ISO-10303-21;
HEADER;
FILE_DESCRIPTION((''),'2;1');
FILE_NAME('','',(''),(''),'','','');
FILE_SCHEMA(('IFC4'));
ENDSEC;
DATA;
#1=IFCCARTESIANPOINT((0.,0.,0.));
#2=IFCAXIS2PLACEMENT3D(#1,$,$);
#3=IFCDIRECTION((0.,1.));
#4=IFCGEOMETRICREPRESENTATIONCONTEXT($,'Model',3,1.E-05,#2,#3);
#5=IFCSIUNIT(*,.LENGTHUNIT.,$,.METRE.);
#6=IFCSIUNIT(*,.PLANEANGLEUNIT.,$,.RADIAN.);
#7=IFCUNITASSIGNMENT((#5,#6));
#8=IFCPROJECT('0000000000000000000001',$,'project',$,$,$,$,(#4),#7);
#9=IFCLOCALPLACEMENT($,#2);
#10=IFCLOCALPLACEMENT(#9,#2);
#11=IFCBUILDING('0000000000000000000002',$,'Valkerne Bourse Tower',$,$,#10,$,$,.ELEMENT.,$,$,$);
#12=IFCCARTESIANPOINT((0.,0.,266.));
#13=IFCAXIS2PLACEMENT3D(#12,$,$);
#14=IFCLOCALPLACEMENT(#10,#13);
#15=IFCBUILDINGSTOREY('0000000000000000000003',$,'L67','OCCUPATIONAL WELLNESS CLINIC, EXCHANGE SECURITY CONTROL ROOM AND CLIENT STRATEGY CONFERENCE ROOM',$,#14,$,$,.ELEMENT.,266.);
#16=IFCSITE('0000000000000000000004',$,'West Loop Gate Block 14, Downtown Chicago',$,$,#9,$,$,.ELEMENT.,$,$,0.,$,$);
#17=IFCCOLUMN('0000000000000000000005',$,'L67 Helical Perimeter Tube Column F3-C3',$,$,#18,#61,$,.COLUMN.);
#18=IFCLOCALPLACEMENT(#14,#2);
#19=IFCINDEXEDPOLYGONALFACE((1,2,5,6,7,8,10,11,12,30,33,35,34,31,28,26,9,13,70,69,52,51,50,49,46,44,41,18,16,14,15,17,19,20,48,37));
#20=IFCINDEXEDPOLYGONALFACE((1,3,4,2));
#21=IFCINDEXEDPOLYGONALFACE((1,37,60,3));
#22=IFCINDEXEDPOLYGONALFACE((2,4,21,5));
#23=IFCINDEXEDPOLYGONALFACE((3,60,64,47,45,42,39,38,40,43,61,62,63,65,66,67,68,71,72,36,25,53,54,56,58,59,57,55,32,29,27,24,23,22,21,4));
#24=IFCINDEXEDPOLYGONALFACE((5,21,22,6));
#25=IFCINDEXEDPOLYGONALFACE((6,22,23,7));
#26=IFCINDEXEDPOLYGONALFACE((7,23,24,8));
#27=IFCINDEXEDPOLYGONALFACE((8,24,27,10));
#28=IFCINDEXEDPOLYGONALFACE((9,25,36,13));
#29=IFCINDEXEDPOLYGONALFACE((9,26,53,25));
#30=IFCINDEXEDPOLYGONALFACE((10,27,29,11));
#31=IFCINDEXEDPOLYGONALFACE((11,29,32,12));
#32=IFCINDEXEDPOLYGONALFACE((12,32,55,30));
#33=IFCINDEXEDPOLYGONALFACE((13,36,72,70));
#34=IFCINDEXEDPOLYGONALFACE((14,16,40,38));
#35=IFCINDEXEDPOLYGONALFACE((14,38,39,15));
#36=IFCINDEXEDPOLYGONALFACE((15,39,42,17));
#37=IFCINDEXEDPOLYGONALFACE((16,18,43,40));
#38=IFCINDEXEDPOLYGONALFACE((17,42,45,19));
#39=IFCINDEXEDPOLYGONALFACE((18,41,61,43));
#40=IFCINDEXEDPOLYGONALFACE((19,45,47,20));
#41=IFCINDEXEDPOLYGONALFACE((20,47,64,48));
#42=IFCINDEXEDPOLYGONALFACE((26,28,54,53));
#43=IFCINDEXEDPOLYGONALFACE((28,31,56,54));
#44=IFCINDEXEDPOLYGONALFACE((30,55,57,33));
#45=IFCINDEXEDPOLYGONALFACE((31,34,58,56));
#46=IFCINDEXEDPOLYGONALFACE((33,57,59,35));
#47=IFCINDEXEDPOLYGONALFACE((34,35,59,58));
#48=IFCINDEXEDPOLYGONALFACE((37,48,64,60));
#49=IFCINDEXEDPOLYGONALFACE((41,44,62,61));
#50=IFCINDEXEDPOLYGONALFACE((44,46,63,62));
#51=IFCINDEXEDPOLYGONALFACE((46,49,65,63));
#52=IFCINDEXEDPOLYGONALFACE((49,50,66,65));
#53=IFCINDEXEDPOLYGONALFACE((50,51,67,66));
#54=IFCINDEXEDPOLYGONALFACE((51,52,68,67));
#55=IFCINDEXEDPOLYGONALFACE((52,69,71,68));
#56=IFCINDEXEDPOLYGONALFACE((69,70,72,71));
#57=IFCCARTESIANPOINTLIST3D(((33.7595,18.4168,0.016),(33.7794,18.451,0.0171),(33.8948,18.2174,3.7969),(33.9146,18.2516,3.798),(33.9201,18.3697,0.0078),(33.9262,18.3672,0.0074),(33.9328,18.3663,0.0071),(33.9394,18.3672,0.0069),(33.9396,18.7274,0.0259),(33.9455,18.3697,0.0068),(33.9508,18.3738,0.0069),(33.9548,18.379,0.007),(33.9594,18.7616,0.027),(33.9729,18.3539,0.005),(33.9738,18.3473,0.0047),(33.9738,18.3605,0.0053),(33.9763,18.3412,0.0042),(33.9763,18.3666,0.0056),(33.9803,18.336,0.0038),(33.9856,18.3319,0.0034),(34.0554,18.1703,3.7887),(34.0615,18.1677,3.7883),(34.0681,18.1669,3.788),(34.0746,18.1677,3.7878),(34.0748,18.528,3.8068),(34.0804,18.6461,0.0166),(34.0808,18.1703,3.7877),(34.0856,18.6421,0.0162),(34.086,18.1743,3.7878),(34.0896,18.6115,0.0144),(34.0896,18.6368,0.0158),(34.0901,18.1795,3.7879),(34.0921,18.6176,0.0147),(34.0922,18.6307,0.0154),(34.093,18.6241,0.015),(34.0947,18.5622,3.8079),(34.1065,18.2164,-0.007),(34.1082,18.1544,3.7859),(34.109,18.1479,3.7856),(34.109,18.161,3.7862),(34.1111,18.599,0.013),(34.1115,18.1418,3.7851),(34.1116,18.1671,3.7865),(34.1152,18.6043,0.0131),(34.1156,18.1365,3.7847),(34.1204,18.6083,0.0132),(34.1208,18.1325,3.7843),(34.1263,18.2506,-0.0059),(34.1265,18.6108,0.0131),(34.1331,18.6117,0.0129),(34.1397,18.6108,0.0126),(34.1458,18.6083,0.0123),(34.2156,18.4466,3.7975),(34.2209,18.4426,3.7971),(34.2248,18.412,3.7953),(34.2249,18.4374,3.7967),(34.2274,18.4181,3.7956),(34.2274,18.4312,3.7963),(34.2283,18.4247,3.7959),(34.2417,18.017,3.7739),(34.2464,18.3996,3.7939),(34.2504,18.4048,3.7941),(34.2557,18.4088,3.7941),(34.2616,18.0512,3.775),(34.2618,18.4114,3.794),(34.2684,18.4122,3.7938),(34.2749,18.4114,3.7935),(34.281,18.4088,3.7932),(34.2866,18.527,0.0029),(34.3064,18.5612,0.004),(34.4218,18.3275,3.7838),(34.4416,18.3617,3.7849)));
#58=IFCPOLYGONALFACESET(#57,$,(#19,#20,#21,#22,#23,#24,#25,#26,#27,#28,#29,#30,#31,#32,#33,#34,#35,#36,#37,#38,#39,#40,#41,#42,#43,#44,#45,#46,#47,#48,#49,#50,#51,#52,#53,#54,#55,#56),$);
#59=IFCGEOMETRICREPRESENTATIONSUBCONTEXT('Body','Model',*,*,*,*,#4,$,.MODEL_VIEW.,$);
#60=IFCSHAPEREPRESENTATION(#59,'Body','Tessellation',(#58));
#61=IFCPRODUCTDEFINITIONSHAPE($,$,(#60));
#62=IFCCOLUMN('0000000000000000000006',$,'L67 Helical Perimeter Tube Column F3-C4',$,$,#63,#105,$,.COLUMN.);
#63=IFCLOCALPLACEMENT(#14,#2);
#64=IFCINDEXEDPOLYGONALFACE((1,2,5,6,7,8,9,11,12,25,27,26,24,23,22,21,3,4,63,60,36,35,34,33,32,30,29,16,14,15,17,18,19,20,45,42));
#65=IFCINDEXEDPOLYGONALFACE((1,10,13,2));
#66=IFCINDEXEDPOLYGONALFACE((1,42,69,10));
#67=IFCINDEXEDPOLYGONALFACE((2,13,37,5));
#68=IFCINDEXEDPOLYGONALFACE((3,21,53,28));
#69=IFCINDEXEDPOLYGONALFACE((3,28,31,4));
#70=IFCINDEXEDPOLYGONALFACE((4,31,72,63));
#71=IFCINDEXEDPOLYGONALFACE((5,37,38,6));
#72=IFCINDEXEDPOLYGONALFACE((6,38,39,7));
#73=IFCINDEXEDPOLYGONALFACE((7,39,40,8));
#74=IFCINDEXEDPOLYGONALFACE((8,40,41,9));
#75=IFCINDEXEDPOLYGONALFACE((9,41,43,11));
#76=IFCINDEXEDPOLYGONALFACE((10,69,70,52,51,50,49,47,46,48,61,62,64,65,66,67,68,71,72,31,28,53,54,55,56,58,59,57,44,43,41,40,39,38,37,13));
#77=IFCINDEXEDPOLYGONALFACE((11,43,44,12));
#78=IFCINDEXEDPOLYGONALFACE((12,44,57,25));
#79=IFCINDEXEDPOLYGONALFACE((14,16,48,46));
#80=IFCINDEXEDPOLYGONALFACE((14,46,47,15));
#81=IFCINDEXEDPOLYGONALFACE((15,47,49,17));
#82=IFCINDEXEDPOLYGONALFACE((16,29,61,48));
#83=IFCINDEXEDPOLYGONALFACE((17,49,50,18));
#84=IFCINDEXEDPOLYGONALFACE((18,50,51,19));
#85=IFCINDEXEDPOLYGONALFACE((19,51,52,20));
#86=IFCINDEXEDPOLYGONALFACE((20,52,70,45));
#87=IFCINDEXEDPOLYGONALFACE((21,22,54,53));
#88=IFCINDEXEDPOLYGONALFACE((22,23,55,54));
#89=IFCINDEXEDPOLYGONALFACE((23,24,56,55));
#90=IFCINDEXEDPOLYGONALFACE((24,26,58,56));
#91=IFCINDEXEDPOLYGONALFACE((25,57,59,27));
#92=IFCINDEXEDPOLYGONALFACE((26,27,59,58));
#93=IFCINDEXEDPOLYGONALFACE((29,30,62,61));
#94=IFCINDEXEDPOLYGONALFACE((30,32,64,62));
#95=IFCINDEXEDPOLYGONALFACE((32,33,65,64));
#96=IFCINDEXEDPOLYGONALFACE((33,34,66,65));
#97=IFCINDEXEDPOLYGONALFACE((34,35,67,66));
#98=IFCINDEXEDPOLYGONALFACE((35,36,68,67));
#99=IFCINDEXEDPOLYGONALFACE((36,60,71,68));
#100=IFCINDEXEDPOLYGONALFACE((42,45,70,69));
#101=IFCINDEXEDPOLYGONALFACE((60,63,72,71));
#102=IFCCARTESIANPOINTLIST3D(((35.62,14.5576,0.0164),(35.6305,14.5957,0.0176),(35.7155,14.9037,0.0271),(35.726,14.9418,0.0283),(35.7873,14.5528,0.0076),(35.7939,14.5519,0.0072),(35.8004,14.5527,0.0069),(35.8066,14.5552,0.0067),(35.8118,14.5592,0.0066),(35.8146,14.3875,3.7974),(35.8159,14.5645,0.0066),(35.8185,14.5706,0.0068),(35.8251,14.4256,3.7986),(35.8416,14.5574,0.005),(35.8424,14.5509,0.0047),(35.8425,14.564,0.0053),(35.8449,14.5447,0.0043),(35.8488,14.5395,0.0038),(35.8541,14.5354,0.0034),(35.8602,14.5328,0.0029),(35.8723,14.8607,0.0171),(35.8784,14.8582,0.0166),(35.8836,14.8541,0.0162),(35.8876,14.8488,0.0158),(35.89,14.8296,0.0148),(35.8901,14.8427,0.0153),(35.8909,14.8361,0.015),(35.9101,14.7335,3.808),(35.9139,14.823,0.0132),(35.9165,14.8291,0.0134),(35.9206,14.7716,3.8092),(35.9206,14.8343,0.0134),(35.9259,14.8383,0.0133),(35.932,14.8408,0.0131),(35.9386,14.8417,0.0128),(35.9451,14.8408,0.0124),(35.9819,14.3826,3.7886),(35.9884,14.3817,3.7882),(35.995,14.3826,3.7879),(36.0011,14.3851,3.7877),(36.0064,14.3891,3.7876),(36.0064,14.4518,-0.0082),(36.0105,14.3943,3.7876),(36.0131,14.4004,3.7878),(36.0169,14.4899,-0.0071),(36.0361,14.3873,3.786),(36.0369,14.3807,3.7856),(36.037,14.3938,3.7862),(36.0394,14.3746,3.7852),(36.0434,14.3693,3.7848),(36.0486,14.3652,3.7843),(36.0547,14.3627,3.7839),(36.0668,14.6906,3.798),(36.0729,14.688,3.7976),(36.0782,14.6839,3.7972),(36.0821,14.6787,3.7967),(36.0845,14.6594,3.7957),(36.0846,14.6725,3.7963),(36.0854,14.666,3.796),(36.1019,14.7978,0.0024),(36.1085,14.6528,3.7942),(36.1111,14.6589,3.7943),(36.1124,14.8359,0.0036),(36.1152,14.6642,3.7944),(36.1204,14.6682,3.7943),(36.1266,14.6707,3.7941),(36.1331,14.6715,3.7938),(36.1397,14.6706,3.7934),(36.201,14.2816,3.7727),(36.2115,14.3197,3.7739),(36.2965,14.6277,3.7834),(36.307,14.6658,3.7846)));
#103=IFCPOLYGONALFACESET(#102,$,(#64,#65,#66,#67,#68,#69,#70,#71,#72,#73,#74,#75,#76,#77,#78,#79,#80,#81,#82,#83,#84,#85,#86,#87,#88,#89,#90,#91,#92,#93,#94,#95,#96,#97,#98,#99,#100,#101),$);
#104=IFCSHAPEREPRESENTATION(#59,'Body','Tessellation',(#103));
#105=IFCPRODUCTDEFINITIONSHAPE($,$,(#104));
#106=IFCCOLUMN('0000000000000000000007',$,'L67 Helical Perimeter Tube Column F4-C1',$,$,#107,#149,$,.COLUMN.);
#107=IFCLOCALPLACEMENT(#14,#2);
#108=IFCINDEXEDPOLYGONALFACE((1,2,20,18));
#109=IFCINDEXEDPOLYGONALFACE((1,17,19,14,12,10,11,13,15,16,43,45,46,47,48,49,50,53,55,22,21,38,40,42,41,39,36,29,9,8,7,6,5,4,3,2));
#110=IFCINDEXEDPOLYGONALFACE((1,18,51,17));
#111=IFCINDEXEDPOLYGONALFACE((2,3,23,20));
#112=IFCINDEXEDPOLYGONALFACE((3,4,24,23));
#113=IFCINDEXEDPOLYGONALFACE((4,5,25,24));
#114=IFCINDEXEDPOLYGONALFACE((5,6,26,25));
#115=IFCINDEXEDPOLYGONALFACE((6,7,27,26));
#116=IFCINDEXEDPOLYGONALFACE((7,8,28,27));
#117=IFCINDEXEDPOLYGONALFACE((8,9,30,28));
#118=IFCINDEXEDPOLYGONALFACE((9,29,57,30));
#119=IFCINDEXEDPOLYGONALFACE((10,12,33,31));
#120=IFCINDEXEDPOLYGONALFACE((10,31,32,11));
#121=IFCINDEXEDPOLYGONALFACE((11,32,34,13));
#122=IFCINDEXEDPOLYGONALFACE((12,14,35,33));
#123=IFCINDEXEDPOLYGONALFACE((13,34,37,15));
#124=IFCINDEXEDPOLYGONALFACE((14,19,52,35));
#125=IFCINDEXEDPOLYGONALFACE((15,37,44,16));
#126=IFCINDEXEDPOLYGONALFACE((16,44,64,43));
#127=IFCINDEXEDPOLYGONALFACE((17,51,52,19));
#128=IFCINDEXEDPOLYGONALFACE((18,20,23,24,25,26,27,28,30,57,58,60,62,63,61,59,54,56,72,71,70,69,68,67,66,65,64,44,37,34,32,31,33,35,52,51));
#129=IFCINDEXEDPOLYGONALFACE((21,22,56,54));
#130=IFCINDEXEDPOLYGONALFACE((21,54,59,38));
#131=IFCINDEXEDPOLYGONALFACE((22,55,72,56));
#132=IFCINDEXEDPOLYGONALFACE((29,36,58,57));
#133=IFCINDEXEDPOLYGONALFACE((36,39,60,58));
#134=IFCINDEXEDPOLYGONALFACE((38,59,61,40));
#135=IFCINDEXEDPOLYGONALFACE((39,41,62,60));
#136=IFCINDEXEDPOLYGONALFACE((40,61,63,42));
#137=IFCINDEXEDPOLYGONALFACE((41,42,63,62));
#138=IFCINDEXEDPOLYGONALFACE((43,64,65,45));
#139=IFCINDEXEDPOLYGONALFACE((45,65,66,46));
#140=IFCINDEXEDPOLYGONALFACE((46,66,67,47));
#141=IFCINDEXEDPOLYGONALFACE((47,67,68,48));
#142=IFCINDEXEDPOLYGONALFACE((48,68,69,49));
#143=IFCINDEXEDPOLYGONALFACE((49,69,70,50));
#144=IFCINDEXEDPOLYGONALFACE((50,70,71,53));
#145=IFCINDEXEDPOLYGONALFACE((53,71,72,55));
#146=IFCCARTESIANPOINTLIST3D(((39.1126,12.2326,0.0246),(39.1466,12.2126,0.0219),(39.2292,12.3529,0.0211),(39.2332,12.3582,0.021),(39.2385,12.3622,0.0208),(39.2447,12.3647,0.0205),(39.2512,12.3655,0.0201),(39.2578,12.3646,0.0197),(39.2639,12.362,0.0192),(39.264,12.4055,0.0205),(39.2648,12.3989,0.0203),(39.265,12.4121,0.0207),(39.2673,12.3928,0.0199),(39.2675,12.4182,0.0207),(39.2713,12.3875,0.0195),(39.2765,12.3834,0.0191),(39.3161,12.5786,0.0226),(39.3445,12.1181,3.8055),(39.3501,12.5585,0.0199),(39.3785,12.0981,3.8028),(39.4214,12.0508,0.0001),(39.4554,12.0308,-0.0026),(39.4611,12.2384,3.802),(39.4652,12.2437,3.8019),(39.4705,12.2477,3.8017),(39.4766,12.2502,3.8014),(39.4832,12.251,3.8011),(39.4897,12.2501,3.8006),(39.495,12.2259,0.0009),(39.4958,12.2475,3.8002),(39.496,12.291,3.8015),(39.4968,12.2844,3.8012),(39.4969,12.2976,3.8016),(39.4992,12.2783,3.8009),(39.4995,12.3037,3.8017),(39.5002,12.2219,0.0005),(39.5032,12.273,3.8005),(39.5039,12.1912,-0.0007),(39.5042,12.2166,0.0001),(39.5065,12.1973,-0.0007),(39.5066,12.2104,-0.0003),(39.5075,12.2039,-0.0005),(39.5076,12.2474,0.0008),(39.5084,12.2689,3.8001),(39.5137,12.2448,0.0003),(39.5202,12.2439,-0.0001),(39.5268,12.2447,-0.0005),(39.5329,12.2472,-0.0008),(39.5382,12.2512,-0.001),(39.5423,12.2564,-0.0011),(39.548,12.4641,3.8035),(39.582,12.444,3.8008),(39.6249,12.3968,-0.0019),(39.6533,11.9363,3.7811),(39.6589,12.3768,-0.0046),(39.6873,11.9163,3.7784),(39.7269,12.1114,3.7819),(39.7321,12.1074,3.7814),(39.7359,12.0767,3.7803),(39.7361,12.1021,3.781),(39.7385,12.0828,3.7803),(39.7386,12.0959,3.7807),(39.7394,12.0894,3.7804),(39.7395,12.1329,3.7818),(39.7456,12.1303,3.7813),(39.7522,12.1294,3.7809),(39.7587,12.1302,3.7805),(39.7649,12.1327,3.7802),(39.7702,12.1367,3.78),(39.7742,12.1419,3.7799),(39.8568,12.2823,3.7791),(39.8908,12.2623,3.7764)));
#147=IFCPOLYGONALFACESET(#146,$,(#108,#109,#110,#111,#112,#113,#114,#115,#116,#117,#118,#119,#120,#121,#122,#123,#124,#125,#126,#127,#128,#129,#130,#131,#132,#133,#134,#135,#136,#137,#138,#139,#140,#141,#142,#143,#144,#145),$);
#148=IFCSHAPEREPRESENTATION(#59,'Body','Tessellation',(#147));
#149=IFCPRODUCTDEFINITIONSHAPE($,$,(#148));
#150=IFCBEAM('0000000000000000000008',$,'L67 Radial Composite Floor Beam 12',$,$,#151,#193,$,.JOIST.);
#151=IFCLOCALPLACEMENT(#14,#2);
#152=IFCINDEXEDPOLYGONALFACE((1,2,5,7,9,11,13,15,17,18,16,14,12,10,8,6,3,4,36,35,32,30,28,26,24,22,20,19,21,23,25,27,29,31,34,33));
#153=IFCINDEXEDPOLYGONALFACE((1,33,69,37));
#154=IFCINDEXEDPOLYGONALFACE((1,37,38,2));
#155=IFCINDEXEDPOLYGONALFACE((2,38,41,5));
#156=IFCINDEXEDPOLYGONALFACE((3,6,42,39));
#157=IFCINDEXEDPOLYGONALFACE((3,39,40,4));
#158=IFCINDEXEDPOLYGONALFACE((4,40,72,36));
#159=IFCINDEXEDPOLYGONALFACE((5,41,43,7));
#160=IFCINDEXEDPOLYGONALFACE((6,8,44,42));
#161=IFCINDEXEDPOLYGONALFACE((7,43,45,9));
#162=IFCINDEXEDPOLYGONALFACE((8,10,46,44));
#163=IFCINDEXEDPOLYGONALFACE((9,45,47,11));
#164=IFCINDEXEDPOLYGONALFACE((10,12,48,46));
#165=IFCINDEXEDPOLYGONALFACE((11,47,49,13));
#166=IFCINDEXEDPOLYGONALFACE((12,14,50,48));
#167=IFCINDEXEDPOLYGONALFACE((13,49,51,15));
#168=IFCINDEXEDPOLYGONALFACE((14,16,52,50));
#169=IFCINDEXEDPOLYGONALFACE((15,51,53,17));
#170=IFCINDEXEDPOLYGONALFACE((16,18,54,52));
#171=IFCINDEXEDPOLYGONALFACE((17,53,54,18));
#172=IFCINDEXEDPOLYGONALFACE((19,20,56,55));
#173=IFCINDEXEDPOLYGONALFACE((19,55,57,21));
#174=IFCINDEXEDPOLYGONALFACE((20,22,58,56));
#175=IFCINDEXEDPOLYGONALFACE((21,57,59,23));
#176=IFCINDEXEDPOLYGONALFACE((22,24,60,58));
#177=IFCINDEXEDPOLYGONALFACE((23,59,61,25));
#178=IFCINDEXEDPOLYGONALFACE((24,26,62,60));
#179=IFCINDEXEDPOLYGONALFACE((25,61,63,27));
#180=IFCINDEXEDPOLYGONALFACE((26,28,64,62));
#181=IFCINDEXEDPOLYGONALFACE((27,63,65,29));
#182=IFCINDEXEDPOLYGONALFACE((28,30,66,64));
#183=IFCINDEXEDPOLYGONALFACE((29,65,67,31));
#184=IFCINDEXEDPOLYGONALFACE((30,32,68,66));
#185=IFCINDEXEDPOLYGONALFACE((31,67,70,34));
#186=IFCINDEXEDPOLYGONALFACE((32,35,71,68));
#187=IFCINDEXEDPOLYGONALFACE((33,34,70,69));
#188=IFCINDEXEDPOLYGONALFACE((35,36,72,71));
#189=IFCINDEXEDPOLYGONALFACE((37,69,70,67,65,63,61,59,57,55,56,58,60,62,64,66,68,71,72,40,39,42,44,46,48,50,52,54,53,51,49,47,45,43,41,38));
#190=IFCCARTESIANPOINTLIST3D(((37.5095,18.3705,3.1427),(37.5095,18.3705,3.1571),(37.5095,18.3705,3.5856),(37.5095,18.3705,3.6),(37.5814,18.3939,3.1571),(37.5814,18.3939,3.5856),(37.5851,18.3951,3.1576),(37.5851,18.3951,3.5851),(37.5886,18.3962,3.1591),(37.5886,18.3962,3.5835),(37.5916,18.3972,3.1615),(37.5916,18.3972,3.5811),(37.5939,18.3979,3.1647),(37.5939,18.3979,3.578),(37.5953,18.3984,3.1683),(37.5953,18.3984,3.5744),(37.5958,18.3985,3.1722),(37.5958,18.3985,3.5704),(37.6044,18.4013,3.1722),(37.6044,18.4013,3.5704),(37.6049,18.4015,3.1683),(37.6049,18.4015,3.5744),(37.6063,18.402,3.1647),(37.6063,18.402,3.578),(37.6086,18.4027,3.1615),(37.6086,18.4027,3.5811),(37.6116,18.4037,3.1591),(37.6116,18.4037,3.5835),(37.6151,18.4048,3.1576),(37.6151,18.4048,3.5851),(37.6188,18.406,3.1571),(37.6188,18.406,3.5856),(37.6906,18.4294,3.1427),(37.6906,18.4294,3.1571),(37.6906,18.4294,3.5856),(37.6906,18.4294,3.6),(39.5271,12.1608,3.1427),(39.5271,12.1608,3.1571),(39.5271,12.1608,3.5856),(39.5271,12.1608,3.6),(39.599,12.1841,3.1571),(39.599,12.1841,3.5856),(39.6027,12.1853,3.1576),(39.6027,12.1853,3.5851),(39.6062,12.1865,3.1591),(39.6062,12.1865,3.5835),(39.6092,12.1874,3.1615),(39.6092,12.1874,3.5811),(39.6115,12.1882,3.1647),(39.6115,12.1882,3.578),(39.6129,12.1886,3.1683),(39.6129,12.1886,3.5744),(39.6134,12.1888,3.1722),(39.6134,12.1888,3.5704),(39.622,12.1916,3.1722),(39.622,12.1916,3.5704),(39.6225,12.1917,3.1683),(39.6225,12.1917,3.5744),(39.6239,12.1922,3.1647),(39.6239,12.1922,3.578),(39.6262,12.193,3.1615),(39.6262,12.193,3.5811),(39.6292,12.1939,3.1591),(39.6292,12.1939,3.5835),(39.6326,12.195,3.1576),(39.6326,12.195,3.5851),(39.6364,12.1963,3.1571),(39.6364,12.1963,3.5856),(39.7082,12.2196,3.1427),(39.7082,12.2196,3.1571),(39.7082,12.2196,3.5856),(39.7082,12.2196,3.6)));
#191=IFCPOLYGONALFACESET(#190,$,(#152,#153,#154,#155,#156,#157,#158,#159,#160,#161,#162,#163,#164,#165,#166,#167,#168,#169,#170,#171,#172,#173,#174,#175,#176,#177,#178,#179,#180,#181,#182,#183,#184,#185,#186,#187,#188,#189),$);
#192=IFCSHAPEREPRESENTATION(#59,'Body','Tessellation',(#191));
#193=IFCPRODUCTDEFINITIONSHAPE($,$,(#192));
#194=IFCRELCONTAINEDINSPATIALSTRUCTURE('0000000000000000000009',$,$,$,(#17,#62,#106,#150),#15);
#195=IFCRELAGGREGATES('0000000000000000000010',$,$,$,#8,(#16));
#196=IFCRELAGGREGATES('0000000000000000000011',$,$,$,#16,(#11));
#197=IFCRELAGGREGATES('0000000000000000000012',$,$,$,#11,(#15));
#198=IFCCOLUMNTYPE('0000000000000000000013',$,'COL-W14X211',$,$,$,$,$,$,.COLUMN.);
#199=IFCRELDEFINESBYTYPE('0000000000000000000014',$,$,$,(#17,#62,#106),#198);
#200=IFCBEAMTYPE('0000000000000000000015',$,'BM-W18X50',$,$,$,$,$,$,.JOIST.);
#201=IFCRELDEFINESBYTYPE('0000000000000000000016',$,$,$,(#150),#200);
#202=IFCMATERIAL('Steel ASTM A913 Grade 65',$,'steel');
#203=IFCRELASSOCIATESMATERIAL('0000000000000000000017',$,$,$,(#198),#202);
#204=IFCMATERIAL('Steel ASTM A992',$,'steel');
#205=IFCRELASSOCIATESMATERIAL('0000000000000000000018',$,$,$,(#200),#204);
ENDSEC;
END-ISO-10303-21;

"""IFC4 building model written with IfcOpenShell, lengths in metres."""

from ifc_helpers import new_model, si_unit, direction, frame, origin, origin_2d, place, context, subcontext, project, spatial, i_section, extrude, material, material_profile, profile_set, type_object, element, save


model = new_model("IFC4")

# Units and contexts
model_context = context("Model", 3, precision=1e-05, world=origin(), true_north=direction((0.0, 1.0)))
body_context = subcontext(model_context, "Body", "Model", "MODEL_VIEW")
ifc_project = project(units=[si_unit("LENGTHUNIT", "METRE"), si_unit("PLANEANGLEUNIT", "RADIAN")], contexts=[model_context])

# Site, building, storey
site_placement = place(None, origin())
site = spatial("IfcSite", under=ifc_project, at=site_placement, Name="West Loop Gate Block 14, Downtown Chicago", CompositionType="ELEMENT", RefElevation=0.0)
building_placement = place(site_placement, origin())
building = spatial("IfcBuilding", under=site, at=building_placement, Name="Valkerne Bourse Tower", CompositionType="ELEMENT")
storey_placement = place(building_placement, frame((0.0, 0.0, 266.0)))
storey = spatial("IfcBuildingStorey", under=building, at=storey_placement, Name="L67", Description="OCCUPATIONAL WELLNESS CLINIC, EXCHANGE SECURITY CONTROL ROOM AND CLIENT STRATEGY CONFERENCE ROOM", CompositionType="ELEMENT", Elevation=266.0)

# Columns
ifc_material_1 = material(Name="Steel ASTM A913 Grade 65", Category="steel")
ifc_material_profile_1 = material_profile(ifc_material_1, i_section(OverallWidth=0.4014, OverallDepth=0.3987, WebThickness=0.0249, FlangeThickness=0.0396, FilletRadius=0.0254, at=origin_2d()), Name="W14X211")
ifc_profile_set_1 = profile_set([ifc_material_profile_1], Name="Steel ASTM A913 Grade 65")
column_type = type_object("IfcColumnType", Name="COL-W14X211", PredefinedType="COLUMN", material=ifc_profile_set_1)
column_placement = place(storey_placement, frame((34.033, 18.489, 0.01), z_axis=(0.035699, -0.052647, 0.997975), x_axis=(0.864485, -0.499385, -0.057269)))
element("IfcColumn", 1, at=column_placement, inside=storey, type_object=column_type, Name="L67 Helical Perimeter Tube Column F3-C3", PredefinedType="COLUMN", context=body_context, shape_type="SweptSolid", body=[
    extrude(i_section(OverallWidth=0.4014, OverallDepth=0.3987, WebThickness=0.0249, FlangeThickness=0.0396, FilletRadius=0.0254, at=origin_2d()), origin(), (0.0, 0.0, 1.0), 3.7886),
])
for number, where, z_axis, x_axis, name in (
    (2, (35.8662, 14.6968, 0.01), (0.051343, -0.044901, 0.997671), (0.962653, -0.263682, -0.061408), "L67 Helical Perimeter Tube Column F3-C4"),
    (3, (39.3857, 12.3047, 0.01), (0.061199, -0.030213, 0.997668), (0.507007, 0.861928, -0.004999), "L67 Helical Perimeter Tube Column F4-C1"),
):
    element("IfcColumn", number, at=place(storey_placement, frame(where, z_axis=z_axis, x_axis=x_axis)), inside=storey, type_object=column_type, Name=name, PredefinedType="COLUMN", context=body_context, shape_type="SweptSolid", body=[
        extrude(i_section(OverallWidth=0.4014, OverallDepth=0.3987, WebThickness=0.0249, FlangeThickness=0.0396, FilletRadius=0.0254, at=origin_2d()), origin(), (0.0, 0.0, 1.0), 3.7898),
    ])

# Beam
ifc_material_2 = material(Name="Steel ASTM A992", Category="steel")
ifc_material_profile_2 = material_profile(ifc_material_2, i_section(OverallWidth=0.1904, OverallDepth=0.4573, WebThickness=0.009, FlangeThickness=0.0144, FilletRadius=0.0151, at=origin_2d()), Name="W18X50")
ifc_profile_set_2 = profile_set([ifc_material_profile_2], Name="Steel ASTM A992")
beam_type_1 = type_object("IfcBeamType", Name="BM-W18X50", PredefinedType="JOIST", material=ifc_profile_set_2)
beam_1_placement = place(storey_placement, frame((39.6177, 12.1902, 3.3713), z_axis=(-0.309006, 0.95106, 0.0), x_axis=(-0.95106, -0.309006, 0.0)))
element("IfcBeam", 4, at=beam_1_placement, inside=storey, type_object=beam_type_1, Name="L67 Radial Composite Floor Beam 12", PredefinedType="JOIST", context=body_context, shape_type="SweptSolid", body=[
    extrude(i_section(OverallWidth=0.1904, OverallDepth=0.4573, WebThickness=0.009, FlangeThickness=0.0144, FilletRadius=0.0151, at=origin_2d()), origin(), (0.0, 0.0, 1.0), 6.5293),
])

save(model, "model.ifc")
